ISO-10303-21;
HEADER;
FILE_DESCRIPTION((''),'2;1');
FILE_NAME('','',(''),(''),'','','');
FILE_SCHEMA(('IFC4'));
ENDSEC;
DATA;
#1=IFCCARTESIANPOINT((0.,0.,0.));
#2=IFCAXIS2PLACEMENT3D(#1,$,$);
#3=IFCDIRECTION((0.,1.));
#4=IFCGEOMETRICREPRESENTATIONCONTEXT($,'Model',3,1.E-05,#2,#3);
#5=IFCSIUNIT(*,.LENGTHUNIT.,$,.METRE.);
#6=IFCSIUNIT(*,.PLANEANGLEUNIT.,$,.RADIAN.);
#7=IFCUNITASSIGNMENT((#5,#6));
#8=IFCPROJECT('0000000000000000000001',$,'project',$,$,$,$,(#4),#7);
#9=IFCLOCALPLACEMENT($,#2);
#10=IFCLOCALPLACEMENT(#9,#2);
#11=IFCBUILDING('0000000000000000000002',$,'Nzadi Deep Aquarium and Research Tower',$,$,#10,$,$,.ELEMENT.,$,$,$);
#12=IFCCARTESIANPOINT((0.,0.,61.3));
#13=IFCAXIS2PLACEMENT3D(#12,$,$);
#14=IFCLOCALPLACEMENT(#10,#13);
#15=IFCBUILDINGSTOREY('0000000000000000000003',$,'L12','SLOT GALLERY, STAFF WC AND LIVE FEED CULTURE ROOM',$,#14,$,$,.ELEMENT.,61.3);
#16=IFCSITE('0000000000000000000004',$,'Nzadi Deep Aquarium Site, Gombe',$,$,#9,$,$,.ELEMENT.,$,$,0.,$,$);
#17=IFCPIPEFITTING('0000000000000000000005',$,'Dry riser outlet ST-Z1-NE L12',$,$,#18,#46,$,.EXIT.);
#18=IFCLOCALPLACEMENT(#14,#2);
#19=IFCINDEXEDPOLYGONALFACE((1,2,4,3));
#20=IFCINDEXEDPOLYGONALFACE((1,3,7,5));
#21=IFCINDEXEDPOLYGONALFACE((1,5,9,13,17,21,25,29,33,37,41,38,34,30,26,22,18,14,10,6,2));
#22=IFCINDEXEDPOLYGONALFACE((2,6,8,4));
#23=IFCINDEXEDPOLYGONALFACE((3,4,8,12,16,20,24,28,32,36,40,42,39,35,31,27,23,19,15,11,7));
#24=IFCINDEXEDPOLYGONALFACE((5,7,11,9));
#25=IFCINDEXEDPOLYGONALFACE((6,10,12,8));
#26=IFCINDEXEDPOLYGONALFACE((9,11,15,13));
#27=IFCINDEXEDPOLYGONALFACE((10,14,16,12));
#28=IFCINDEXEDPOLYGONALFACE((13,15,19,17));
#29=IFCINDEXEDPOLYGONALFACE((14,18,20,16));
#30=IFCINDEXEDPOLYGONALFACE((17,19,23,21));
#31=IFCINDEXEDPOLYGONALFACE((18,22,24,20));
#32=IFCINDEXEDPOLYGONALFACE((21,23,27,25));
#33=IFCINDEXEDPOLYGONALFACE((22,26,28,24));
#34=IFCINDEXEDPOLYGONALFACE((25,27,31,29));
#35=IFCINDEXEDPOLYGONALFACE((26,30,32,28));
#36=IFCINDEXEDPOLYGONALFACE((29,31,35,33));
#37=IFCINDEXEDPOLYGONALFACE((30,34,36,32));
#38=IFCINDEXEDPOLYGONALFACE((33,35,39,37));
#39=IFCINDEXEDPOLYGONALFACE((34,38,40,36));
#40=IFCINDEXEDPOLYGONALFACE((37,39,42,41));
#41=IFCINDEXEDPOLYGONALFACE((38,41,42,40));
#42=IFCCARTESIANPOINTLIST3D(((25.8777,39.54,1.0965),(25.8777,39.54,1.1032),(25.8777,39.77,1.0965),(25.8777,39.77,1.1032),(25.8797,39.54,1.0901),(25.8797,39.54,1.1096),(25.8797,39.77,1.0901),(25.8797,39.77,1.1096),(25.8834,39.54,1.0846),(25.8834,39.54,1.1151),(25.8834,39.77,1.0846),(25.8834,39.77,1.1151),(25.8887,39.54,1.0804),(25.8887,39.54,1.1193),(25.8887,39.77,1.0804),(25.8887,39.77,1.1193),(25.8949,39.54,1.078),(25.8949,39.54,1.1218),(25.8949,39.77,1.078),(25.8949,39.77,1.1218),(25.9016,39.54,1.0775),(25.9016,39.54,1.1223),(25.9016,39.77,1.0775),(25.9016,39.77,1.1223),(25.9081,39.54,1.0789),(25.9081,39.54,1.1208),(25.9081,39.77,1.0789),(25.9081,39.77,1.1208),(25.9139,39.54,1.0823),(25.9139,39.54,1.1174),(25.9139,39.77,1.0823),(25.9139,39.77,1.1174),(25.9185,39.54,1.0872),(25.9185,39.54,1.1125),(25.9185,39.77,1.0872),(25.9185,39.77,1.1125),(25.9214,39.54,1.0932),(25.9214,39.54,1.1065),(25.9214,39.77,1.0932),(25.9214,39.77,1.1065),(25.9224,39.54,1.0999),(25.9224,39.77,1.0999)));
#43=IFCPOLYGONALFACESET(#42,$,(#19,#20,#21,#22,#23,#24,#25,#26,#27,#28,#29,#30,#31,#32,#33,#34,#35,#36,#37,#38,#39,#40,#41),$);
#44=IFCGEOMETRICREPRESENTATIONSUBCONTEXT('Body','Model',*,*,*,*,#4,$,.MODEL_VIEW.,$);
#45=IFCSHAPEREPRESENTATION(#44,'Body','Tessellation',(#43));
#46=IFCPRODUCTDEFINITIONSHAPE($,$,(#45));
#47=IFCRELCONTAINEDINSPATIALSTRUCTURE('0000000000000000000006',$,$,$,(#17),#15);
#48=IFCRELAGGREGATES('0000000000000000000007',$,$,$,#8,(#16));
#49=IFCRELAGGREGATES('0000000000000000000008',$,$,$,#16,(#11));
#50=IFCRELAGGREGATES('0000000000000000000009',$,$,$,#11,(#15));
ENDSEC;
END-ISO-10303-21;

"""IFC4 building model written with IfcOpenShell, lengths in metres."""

from ifc_helpers import new_model, si_unit, direction, frame, origin, origin_2d, place, context, subcontext, project, spatial, circle, extrude, element, save


model = new_model("IFC4")

# Units and contexts
model_context = context("Model", 3, precision=1e-05, world=origin(), true_north=direction((0.0, 1.0)))
body_context = subcontext(model_context, "Body", "Model", "MODEL_VIEW")
ifc_project = project(units=[si_unit("LENGTHUNIT", "METRE"), si_unit("PLANEANGLEUNIT", "RADIAN")], contexts=[model_context])

# Site, building, storey
site_placement = place(None, origin())
site = spatial("IfcSite", under=ifc_project, at=site_placement, Name="Nzadi Deep Aquarium Site, Gombe", CompositionType="ELEMENT", RefElevation=0.0)
building_placement = place(site_placement, origin())
building = spatial("IfcBuilding", under=site, at=building_placement, Name="Nzadi Deep Aquarium and Research Tower", CompositionType="ELEMENT")
storey_placement = place(building_placement, frame((0.0, 0.0, 61.3)))
storey = spatial("IfcBuildingStorey", under=building, at=storey_placement, Name="L12", Description="SLOT GALLERY, STAFF WC AND LIVE FEED CULTURE ROOM", CompositionType="ELEMENT", Elevation=61.3)

# Pipe fitting
pipe_fitting_placement = place(storey_placement, frame((25.8999, 39.77, 1.0999), z_axis=(0.0, -1.0, 0.0), x_axis=(1.0, 0.0, 0.0)))
element("IfcPipeFitting", 1, at=pipe_fitting_placement, inside=storey, Name="Dry riser outlet ST-Z1-NE L12", PredefinedType="EXIT", context=body_context, shape_type="SweptSolid", body=[
    extrude(circle(Radius=0.0225, at=origin_2d()), origin(), (0.0, 0.0, 1.0), 0.23),
])

save(model, "model.ifc")
